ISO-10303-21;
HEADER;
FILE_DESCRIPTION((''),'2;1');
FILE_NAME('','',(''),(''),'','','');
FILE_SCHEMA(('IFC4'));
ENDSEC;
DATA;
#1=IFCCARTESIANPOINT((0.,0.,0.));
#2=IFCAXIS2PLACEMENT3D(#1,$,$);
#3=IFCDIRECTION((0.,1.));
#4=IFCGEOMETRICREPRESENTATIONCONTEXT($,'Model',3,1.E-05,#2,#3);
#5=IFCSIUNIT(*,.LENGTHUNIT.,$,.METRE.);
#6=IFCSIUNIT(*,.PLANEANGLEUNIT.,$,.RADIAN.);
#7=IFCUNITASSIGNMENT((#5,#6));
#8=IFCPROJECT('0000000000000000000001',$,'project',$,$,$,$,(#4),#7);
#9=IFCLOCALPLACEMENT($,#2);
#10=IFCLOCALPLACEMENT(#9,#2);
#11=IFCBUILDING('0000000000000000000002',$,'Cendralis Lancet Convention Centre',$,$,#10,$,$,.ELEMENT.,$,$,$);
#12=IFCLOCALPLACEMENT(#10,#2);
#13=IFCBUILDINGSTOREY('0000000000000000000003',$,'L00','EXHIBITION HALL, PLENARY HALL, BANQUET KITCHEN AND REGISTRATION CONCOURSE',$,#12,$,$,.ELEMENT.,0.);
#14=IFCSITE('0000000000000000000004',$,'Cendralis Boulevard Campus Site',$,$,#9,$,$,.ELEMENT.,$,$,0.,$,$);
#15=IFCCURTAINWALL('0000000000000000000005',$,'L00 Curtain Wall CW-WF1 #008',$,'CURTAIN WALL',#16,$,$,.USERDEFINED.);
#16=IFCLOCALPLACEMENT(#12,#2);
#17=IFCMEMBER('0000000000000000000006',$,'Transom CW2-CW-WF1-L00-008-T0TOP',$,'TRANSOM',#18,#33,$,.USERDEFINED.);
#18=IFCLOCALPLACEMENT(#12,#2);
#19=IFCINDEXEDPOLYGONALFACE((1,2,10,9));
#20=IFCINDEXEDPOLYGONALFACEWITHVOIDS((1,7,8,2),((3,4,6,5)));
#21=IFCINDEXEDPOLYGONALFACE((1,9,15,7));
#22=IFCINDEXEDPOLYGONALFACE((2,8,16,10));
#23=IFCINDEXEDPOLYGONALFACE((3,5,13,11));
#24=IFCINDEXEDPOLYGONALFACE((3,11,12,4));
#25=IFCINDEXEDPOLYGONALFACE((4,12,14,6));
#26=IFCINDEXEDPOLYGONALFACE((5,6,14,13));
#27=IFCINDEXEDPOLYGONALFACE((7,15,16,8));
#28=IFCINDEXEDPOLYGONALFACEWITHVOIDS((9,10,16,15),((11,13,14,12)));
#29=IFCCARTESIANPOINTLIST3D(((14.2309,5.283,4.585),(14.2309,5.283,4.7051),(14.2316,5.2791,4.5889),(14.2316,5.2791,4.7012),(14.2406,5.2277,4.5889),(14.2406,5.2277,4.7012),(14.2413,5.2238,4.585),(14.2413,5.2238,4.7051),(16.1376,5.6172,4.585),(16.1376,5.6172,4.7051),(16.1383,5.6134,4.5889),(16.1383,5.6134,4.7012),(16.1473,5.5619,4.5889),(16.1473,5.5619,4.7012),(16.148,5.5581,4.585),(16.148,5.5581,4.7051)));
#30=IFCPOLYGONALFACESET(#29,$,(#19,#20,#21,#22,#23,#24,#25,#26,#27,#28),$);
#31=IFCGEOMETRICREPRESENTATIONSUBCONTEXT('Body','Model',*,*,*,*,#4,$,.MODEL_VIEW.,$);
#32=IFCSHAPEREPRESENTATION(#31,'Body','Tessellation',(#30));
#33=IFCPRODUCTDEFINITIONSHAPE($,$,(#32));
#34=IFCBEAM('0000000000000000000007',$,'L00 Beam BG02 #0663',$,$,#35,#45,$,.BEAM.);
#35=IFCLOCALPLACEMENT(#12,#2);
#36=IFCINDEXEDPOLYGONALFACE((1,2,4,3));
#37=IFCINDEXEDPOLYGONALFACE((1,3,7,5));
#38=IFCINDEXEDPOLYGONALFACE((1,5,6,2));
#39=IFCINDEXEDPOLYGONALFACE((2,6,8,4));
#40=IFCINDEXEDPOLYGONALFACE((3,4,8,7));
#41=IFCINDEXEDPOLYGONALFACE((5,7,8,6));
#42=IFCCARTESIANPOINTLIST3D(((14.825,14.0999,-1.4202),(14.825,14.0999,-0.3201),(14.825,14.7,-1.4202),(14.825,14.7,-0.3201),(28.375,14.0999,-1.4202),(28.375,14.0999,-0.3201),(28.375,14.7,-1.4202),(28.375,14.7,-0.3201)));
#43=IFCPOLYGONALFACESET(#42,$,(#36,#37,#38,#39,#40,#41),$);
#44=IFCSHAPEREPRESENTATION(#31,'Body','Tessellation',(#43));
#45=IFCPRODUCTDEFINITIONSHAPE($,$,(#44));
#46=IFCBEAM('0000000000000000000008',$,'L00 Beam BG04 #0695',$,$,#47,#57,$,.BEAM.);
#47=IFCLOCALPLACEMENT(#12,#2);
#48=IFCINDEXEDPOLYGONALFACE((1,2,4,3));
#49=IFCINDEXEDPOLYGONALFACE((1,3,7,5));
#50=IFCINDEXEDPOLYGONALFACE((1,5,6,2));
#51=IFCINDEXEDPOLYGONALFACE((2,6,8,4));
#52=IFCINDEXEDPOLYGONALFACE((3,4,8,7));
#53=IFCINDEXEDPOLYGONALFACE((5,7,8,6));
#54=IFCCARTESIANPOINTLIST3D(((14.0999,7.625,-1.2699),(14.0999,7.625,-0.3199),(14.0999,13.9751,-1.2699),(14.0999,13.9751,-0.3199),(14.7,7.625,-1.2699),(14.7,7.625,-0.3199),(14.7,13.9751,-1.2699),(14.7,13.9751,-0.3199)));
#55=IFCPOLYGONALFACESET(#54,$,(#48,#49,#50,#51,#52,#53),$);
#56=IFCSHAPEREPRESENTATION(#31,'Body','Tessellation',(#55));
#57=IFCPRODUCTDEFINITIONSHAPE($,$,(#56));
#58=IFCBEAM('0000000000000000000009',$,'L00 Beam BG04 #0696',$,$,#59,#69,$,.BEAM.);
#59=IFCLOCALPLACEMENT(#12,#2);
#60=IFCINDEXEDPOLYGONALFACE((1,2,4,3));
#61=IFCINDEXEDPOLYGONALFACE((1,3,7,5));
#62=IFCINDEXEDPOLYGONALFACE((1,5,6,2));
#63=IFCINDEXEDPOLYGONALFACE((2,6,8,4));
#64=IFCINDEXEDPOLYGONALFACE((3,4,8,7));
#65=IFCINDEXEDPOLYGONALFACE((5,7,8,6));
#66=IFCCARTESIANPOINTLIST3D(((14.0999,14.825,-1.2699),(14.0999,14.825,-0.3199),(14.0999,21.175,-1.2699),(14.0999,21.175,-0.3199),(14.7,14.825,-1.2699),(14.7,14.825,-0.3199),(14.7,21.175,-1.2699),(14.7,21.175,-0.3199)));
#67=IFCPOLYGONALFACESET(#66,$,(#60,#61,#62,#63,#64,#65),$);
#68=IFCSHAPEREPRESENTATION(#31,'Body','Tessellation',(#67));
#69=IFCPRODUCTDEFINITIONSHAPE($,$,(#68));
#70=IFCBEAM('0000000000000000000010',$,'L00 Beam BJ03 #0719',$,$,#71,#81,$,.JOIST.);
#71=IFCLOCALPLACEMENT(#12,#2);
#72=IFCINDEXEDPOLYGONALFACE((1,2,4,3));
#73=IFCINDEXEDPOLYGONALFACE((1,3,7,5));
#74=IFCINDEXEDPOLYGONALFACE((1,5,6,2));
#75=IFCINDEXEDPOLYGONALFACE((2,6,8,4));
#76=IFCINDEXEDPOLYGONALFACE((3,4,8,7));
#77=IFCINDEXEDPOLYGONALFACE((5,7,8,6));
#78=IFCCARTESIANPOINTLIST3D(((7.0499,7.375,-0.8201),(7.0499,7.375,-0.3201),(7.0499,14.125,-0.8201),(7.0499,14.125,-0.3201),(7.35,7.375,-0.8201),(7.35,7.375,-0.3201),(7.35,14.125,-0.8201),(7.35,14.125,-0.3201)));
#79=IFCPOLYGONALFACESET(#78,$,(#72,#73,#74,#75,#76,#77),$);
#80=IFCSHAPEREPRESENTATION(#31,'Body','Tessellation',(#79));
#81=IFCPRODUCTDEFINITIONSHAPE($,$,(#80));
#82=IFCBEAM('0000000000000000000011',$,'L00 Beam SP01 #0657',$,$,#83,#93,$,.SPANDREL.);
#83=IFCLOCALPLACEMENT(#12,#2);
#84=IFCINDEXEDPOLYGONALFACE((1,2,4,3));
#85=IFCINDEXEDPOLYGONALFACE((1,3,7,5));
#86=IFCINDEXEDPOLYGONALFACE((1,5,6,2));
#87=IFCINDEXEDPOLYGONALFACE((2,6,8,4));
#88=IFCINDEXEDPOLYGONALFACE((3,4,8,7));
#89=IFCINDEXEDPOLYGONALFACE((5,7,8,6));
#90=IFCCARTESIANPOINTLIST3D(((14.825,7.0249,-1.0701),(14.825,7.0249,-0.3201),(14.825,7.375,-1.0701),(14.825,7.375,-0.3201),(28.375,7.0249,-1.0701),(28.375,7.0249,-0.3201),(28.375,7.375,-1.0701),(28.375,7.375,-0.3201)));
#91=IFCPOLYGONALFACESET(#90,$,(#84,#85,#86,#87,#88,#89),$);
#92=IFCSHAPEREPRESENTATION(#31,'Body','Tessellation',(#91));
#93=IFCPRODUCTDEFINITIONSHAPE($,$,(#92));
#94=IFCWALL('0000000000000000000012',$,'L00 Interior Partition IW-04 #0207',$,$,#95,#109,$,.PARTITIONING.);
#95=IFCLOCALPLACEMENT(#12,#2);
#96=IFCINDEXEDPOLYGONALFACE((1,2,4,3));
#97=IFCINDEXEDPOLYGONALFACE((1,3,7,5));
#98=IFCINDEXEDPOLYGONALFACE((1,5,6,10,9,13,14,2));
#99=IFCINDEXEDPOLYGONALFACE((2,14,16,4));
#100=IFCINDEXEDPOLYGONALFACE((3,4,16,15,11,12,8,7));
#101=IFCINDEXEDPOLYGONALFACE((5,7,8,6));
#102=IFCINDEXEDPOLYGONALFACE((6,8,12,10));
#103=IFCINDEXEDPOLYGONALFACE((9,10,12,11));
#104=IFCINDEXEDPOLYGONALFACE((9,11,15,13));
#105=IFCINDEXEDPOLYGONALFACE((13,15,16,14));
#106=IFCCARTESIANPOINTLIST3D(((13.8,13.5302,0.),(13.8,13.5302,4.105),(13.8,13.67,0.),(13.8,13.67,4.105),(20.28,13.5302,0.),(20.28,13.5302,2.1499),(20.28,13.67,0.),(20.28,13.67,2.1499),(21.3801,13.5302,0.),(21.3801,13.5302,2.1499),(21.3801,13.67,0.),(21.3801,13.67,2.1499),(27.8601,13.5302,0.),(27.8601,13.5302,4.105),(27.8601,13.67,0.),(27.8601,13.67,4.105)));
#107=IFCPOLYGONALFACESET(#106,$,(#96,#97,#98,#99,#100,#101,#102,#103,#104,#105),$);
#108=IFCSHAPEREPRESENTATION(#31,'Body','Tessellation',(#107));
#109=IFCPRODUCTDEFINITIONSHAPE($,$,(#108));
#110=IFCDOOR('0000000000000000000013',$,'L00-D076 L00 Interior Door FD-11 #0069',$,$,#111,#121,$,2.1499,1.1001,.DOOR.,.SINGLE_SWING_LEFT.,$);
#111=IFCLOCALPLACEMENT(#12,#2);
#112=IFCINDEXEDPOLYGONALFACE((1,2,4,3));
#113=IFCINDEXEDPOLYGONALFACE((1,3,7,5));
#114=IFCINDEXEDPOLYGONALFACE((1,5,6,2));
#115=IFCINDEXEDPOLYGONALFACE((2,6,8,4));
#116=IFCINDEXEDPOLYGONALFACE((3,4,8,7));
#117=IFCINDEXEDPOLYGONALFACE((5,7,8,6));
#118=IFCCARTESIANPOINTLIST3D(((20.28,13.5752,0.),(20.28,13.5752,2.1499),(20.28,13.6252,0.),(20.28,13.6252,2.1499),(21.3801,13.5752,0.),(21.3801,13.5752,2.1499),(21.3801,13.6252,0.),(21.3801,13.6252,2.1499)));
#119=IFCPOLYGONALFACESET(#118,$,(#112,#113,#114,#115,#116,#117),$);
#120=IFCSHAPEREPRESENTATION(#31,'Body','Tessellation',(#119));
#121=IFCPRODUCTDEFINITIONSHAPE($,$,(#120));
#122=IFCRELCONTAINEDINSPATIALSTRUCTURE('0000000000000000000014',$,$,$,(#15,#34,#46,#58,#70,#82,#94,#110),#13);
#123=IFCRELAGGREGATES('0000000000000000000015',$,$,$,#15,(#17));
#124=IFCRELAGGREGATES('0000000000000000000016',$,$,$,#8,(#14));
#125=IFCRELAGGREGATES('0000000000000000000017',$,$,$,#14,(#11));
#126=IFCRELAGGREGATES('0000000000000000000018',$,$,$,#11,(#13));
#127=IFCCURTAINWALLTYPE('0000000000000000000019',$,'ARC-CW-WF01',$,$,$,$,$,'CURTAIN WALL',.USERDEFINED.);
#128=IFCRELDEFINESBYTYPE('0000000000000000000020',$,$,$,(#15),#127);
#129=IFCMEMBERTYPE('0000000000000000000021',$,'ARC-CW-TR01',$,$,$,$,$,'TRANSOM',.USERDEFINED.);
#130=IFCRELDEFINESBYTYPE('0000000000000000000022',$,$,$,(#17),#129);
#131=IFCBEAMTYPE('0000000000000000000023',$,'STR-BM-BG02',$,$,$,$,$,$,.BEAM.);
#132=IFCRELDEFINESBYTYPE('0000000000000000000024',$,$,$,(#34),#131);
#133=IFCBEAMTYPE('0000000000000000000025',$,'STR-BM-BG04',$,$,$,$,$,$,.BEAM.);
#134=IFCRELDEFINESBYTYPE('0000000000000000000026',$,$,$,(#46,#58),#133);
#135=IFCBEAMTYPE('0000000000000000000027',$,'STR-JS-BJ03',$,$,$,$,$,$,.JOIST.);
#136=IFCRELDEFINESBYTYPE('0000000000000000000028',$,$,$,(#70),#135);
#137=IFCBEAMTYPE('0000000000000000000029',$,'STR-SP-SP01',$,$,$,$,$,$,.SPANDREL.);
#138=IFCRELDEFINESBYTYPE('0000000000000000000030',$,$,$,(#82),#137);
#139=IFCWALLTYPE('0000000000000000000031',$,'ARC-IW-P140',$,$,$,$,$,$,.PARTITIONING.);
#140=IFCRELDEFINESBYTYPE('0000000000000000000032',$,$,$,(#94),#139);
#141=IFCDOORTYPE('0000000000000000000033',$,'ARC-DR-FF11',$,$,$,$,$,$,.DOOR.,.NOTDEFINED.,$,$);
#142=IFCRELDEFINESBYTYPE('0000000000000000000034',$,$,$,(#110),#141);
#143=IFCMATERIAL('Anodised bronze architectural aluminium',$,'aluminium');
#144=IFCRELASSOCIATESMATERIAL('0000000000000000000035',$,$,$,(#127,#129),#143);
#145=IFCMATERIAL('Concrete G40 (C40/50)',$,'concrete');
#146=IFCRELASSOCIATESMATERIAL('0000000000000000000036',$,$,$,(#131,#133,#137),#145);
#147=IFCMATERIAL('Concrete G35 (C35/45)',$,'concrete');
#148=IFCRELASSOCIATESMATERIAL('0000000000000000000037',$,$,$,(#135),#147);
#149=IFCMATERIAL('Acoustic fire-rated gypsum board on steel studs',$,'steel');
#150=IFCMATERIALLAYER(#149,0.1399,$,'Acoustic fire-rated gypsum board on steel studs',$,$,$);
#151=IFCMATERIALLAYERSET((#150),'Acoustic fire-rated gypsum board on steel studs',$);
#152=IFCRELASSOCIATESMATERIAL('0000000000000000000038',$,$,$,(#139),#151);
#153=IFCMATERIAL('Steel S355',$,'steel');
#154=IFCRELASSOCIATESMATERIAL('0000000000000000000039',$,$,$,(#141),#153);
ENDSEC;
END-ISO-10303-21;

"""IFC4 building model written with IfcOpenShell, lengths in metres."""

from ifc_helpers import new_model, si_unit, direction, frame, frame_2d, origin, origin_2d, place, context, subcontext, project, spatial, rectangle, hollow_rectangle, extrude, material, layer, layer_set, material_profile, profile_set, type_object, element, fill, aggregate, save


model = new_model("IFC4")

# Units and contexts
model_context = context("Model", 3, precision=1e-05, world=origin(), true_north=direction((0.0, 1.0)))
body_context = subcontext(model_context, "Body", "Model", "MODEL_VIEW")
ifc_project = project(units=[si_unit("LENGTHUNIT", "METRE"), si_unit("PLANEANGLEUNIT", "RADIAN")], contexts=[model_context])

# Site, building, storey
site_placement = place(None, origin())
site = spatial("IfcSite", under=ifc_project, at=site_placement, Name="Cendralis Boulevard Campus Site", CompositionType="ELEMENT", RefElevation=0.0)
building_placement = place(site_placement, origin())
building = spatial("IfcBuilding", under=site, at=building_placement, Name="Cendralis Lancet Convention Centre", CompositionType="ELEMENT")
storey_placement = place(building_placement, origin())
storey = spatial("IfcBuildingStorey", under=building, at=storey_placement, Name="L00", Description="EXHIBITION HALL, PLENARY HALL, BANQUET KITCHEN AND REGISTRATION CONCOURSE", CompositionType="ELEMENT", Elevation=0.0)

# Shared definitions
ifc_material_1 = material(Name="Concrete G35 (C35/45)", Category="concrete")

# Shared definitions
ifc_material_2 = material(Name="Concrete G40 (C40/50)", Category="concrete")

# Curtain wall, member
ifc_material_3 = material(Name="Anodised bronze architectural aluminium", Category="aluminium")
curtain_wall_type = type_object("IfcCurtainWallType", Name="ARC-CW-WF01", ElementType="CURTAIN WALL", PredefinedType="USERDEFINED", material=ifc_material_3)
curtain_wall_placement = place(storey_placement, origin())
curtain_wall = element("IfcCurtainWall", 1, at=curtain_wall_placement, inside=storey, type_object=curtain_wall_type, Name="L00 Curtain Wall CW-WF1 #008", ObjectType="CURTAIN WALL", PredefinedType="USERDEFINED")
ifc_material_profile_1 = material_profile(ifc_material_3, hollow_rectangle(XDim=0.0601, YDim=0.1201, WallThickness=0.0039, at=origin_2d()), Name="AL-TRAN 60x120x4.0")
ifc_profile_set_1 = profile_set([ifc_material_profile_1], Name="Anodised bronze architectural aluminium")
member_type = type_object("IfcMemberType", Name="ARC-CW-TR01", ElementType="TRANSOM", PredefinedType="USERDEFINED", material=ifc_profile_set_1)
member_placement = place(storey_placement, frame((14.2361, 5.2534, 4.645), z_axis=(0.984982, 0.172656, 0.0), x_axis=(-0.172656, 0.984982, 0.0)))
member = element("IfcMember", 2, at=member_placement, type_object=member_type, Name="Transom CW2-CW-WF1-L00-008-T0TOP", ObjectType="TRANSOM", PredefinedType="USERDEFINED", context=body_context, shape_type="SweptSolid", body=[
    extrude(hollow_rectangle(XDim=0.0601, YDim=0.1201, WallThickness=0.0039, at=origin_2d()), origin(), (0.0, 0.0, 1.0), 1.9358),
])
aggregate(curtain_wall, [member])

# Beams
ifc_material_profile_2 = material_profile(ifc_material_2, rectangle(XDim=0.6001, YDim=1.1001, at=origin_2d()), Name="RCB 600x1100")
ifc_profile_set_2 = profile_set([ifc_material_profile_2], Name="Concrete G40 (C40/50)")
beam_type_1 = type_object("IfcBeamType", Name="STR-BM-BG02", PredefinedType="BEAM", material=ifc_profile_set_2)
beam_1_placement = place(storey_placement, frame((14.825, 14.3999, -0.8701), z_axis=(1.0, 0.0, 0.0), x_axis=(0.0, 1.0, 0.0)))
element("IfcBeam", 3, at=beam_1_placement, inside=storey, type_object=beam_type_1, Name="L00 Beam BG02 #0663", PredefinedType="BEAM", context=body_context, shape_type="SweptSolid", body=[
    extrude(rectangle(XDim=0.6001, YDim=1.1001, at=origin_2d()), origin(), (0.0, 0.0, 1.0), 13.55),
])
ifc_material_profile_3 = material_profile(ifc_material_2, rectangle(XDim=0.6001, YDim=0.95, at=origin_2d()), Name="RCB 600x950")
ifc_profile_set_3 = profile_set([ifc_material_profile_3], Name="Concrete G40 (C40/50)")
beam_type_2 = type_object("IfcBeamType", Name="STR-BM-BG04", PredefinedType="BEAM", material=ifc_profile_set_3)
for number, where, z_axis, x_axis, name in (
    (4, (14.3999, 7.625, -0.7949), (0.0, 1.0, 0.0), (-1.0, 0.0, 0.0), "L00 Beam BG04 #0695"),
    (5, (14.3999, 14.825, -0.7949), (0.0, 1.0, 0.0), (-1.0, 0.0, 0.0), "L00 Beam BG04 #0696"),
):
    element("IfcBeam", number, at=place(storey_placement, frame(where, z_axis=z_axis, x_axis=x_axis)), inside=storey, type_object=beam_type_2, Name=name, PredefinedType="BEAM", context=body_context, shape_type="SweptSolid", body=[
        extrude(rectangle(XDim=0.6001, YDim=0.95, at=origin_2d()), origin(), (0.0, 0.0, 1.0), 6.3501),
    ])
ifc_material_profile_4 = material_profile(ifc_material_1, rectangle(XDim=0.3, YDim=0.5, at=origin_2d()), Name="RCB 300x500")
ifc_profile_set_4 = profile_set([ifc_material_profile_4], Name="Concrete G35 (C35/45)")
beam_type_3 = type_object("IfcBeamType", Name="STR-JS-BJ03", PredefinedType="JOIST", material=ifc_profile_set_4)
beam_2_placement = place(storey_placement, frame((7.2, 7.375, -0.5701), z_axis=(0.0, 1.0, 0.0), x_axis=(-1.0, 0.0, 0.0)))
element("IfcBeam", 6, at=beam_2_placement, inside=storey, type_object=beam_type_3, Name="L00 Beam BJ03 #0719", PredefinedType="JOIST", context=body_context, shape_type="SweptSolid", body=[
    extrude(rectangle(XDim=0.3, YDim=0.5, at=origin_2d()), origin(), (0.0, 0.0, 1.0), 6.75),
])
ifc_material_profile_5 = material_profile(ifc_material_2, rectangle(XDim=0.3501, YDim=0.75, at=origin_2d()), Name="RCB 350x750")
ifc_profile_set_5 = profile_set([ifc_material_profile_5], Name="Concrete G40 (C40/50)")
beam_type_4 = type_object("IfcBeamType", Name="STR-SP-SP01", PredefinedType="SPANDREL", material=ifc_profile_set_5)
beam_3_placement = place(storey_placement, frame((14.825, 7.2, -0.6951), z_axis=(1.0, 0.0, 0.0), x_axis=(0.0, 1.0, 0.0)))
element("IfcBeam", 7, at=beam_3_placement, inside=storey, type_object=beam_type_4, Name="L00 Beam SP01 #0657", PredefinedType="SPANDREL", context=body_context, shape_type="SweptSolid", body=[
    extrude(rectangle(XDim=0.3501, YDim=0.75, at=origin_2d()), origin(), (0.0, 0.0, 1.0), 13.55),
])

# Wall, opening, door
ifc_material_4 = material(Name="Acoustic fire-rated gypsum board on steel studs", Category="steel")
ifc_layer = layer(ifc_material_4, 0.1399, Name="Acoustic fire-rated gypsum board on steel studs")
ifc_layer_set = layer_set([ifc_layer], Name="Acoustic fire-rated gypsum board on steel studs")
wall_type = type_object("IfcWallType", Name="ARC-IW-P140", PredefinedType="PARTITIONING", material=ifc_layer_set)
wall_placement = place(storey_placement, frame((13.8, 13.6001, 0.0), z_axis=(0.0, 0.0, 1.0), x_axis=(1.0, 0.0, 0.0)))
wall = element("IfcWall", 8, at=wall_placement, inside=storey, type_object=wall_type, Name="L00 Interior Partition IW-04 #0207", PredefinedType="PARTITIONING", context=body_context, shape_type="SweptSolid", body=[
    extrude(rectangle(XDim=14.0601, YDim=0.1399, at=frame_2d((7.03, 0.0))), origin(), (0.0, 0.0, 1.0), 4.105),
])
opening_placement = place(wall_placement, frame((6.48, 0.0, 0.0)))
opening = element("IfcOpeningElement", 9, at=opening_placement, cuts=wall, PredefinedType="OPENING", context=body_context, shape_type="SweptSolid", body=[
    extrude(rectangle(XDim=1.1001, YDim=2.1499, at=frame_2d((0.55, 1.075))), frame((0.0, 0.0798, 0.0), z_axis=(0.0, -1.0, 0.0), x_axis=(1.0, 0.0, 0.0)), (0.0, 0.0, 1.0), 0.1599),
])
ifc_material_5 = material(Name="Steel S355", Category="steel")
door_type = type_object("IfcDoorType", Name="ARC-DR-FF11", OperationType="NOTDEFINED", PredefinedType="DOOR", material=ifc_material_5)
door_placement = place(opening_placement, frame((1.1001, 0.0, 0.0), z_axis=(0.0, 0.0, 1.0), x_axis=(-1.0, 0.0, 0.0)))
door = element("IfcDoor", 10, at=door_placement, inside=storey, type_object=door_type, Name="L00-D076 L00 Interior Door FD-11 #0069", OperationType="SINGLE_SWING_LEFT", OverallHeight=2.1499, OverallWidth=1.1001, PredefinedType="DOOR", context=body_context, shape_type="SweptSolid", body=[
    extrude(rectangle(XDim=1.1001, YDim=2.1499, at=frame_2d((0.55, 1.075))), frame((0.0, 0.0249, 0.0), z_axis=(0.0, -1.0, 0.0), x_axis=(1.0, 0.0, 0.0)), (0.0, 0.0, 1.0), 0.05),
])
fill(opening, door)

save(model, "model.ifc")
